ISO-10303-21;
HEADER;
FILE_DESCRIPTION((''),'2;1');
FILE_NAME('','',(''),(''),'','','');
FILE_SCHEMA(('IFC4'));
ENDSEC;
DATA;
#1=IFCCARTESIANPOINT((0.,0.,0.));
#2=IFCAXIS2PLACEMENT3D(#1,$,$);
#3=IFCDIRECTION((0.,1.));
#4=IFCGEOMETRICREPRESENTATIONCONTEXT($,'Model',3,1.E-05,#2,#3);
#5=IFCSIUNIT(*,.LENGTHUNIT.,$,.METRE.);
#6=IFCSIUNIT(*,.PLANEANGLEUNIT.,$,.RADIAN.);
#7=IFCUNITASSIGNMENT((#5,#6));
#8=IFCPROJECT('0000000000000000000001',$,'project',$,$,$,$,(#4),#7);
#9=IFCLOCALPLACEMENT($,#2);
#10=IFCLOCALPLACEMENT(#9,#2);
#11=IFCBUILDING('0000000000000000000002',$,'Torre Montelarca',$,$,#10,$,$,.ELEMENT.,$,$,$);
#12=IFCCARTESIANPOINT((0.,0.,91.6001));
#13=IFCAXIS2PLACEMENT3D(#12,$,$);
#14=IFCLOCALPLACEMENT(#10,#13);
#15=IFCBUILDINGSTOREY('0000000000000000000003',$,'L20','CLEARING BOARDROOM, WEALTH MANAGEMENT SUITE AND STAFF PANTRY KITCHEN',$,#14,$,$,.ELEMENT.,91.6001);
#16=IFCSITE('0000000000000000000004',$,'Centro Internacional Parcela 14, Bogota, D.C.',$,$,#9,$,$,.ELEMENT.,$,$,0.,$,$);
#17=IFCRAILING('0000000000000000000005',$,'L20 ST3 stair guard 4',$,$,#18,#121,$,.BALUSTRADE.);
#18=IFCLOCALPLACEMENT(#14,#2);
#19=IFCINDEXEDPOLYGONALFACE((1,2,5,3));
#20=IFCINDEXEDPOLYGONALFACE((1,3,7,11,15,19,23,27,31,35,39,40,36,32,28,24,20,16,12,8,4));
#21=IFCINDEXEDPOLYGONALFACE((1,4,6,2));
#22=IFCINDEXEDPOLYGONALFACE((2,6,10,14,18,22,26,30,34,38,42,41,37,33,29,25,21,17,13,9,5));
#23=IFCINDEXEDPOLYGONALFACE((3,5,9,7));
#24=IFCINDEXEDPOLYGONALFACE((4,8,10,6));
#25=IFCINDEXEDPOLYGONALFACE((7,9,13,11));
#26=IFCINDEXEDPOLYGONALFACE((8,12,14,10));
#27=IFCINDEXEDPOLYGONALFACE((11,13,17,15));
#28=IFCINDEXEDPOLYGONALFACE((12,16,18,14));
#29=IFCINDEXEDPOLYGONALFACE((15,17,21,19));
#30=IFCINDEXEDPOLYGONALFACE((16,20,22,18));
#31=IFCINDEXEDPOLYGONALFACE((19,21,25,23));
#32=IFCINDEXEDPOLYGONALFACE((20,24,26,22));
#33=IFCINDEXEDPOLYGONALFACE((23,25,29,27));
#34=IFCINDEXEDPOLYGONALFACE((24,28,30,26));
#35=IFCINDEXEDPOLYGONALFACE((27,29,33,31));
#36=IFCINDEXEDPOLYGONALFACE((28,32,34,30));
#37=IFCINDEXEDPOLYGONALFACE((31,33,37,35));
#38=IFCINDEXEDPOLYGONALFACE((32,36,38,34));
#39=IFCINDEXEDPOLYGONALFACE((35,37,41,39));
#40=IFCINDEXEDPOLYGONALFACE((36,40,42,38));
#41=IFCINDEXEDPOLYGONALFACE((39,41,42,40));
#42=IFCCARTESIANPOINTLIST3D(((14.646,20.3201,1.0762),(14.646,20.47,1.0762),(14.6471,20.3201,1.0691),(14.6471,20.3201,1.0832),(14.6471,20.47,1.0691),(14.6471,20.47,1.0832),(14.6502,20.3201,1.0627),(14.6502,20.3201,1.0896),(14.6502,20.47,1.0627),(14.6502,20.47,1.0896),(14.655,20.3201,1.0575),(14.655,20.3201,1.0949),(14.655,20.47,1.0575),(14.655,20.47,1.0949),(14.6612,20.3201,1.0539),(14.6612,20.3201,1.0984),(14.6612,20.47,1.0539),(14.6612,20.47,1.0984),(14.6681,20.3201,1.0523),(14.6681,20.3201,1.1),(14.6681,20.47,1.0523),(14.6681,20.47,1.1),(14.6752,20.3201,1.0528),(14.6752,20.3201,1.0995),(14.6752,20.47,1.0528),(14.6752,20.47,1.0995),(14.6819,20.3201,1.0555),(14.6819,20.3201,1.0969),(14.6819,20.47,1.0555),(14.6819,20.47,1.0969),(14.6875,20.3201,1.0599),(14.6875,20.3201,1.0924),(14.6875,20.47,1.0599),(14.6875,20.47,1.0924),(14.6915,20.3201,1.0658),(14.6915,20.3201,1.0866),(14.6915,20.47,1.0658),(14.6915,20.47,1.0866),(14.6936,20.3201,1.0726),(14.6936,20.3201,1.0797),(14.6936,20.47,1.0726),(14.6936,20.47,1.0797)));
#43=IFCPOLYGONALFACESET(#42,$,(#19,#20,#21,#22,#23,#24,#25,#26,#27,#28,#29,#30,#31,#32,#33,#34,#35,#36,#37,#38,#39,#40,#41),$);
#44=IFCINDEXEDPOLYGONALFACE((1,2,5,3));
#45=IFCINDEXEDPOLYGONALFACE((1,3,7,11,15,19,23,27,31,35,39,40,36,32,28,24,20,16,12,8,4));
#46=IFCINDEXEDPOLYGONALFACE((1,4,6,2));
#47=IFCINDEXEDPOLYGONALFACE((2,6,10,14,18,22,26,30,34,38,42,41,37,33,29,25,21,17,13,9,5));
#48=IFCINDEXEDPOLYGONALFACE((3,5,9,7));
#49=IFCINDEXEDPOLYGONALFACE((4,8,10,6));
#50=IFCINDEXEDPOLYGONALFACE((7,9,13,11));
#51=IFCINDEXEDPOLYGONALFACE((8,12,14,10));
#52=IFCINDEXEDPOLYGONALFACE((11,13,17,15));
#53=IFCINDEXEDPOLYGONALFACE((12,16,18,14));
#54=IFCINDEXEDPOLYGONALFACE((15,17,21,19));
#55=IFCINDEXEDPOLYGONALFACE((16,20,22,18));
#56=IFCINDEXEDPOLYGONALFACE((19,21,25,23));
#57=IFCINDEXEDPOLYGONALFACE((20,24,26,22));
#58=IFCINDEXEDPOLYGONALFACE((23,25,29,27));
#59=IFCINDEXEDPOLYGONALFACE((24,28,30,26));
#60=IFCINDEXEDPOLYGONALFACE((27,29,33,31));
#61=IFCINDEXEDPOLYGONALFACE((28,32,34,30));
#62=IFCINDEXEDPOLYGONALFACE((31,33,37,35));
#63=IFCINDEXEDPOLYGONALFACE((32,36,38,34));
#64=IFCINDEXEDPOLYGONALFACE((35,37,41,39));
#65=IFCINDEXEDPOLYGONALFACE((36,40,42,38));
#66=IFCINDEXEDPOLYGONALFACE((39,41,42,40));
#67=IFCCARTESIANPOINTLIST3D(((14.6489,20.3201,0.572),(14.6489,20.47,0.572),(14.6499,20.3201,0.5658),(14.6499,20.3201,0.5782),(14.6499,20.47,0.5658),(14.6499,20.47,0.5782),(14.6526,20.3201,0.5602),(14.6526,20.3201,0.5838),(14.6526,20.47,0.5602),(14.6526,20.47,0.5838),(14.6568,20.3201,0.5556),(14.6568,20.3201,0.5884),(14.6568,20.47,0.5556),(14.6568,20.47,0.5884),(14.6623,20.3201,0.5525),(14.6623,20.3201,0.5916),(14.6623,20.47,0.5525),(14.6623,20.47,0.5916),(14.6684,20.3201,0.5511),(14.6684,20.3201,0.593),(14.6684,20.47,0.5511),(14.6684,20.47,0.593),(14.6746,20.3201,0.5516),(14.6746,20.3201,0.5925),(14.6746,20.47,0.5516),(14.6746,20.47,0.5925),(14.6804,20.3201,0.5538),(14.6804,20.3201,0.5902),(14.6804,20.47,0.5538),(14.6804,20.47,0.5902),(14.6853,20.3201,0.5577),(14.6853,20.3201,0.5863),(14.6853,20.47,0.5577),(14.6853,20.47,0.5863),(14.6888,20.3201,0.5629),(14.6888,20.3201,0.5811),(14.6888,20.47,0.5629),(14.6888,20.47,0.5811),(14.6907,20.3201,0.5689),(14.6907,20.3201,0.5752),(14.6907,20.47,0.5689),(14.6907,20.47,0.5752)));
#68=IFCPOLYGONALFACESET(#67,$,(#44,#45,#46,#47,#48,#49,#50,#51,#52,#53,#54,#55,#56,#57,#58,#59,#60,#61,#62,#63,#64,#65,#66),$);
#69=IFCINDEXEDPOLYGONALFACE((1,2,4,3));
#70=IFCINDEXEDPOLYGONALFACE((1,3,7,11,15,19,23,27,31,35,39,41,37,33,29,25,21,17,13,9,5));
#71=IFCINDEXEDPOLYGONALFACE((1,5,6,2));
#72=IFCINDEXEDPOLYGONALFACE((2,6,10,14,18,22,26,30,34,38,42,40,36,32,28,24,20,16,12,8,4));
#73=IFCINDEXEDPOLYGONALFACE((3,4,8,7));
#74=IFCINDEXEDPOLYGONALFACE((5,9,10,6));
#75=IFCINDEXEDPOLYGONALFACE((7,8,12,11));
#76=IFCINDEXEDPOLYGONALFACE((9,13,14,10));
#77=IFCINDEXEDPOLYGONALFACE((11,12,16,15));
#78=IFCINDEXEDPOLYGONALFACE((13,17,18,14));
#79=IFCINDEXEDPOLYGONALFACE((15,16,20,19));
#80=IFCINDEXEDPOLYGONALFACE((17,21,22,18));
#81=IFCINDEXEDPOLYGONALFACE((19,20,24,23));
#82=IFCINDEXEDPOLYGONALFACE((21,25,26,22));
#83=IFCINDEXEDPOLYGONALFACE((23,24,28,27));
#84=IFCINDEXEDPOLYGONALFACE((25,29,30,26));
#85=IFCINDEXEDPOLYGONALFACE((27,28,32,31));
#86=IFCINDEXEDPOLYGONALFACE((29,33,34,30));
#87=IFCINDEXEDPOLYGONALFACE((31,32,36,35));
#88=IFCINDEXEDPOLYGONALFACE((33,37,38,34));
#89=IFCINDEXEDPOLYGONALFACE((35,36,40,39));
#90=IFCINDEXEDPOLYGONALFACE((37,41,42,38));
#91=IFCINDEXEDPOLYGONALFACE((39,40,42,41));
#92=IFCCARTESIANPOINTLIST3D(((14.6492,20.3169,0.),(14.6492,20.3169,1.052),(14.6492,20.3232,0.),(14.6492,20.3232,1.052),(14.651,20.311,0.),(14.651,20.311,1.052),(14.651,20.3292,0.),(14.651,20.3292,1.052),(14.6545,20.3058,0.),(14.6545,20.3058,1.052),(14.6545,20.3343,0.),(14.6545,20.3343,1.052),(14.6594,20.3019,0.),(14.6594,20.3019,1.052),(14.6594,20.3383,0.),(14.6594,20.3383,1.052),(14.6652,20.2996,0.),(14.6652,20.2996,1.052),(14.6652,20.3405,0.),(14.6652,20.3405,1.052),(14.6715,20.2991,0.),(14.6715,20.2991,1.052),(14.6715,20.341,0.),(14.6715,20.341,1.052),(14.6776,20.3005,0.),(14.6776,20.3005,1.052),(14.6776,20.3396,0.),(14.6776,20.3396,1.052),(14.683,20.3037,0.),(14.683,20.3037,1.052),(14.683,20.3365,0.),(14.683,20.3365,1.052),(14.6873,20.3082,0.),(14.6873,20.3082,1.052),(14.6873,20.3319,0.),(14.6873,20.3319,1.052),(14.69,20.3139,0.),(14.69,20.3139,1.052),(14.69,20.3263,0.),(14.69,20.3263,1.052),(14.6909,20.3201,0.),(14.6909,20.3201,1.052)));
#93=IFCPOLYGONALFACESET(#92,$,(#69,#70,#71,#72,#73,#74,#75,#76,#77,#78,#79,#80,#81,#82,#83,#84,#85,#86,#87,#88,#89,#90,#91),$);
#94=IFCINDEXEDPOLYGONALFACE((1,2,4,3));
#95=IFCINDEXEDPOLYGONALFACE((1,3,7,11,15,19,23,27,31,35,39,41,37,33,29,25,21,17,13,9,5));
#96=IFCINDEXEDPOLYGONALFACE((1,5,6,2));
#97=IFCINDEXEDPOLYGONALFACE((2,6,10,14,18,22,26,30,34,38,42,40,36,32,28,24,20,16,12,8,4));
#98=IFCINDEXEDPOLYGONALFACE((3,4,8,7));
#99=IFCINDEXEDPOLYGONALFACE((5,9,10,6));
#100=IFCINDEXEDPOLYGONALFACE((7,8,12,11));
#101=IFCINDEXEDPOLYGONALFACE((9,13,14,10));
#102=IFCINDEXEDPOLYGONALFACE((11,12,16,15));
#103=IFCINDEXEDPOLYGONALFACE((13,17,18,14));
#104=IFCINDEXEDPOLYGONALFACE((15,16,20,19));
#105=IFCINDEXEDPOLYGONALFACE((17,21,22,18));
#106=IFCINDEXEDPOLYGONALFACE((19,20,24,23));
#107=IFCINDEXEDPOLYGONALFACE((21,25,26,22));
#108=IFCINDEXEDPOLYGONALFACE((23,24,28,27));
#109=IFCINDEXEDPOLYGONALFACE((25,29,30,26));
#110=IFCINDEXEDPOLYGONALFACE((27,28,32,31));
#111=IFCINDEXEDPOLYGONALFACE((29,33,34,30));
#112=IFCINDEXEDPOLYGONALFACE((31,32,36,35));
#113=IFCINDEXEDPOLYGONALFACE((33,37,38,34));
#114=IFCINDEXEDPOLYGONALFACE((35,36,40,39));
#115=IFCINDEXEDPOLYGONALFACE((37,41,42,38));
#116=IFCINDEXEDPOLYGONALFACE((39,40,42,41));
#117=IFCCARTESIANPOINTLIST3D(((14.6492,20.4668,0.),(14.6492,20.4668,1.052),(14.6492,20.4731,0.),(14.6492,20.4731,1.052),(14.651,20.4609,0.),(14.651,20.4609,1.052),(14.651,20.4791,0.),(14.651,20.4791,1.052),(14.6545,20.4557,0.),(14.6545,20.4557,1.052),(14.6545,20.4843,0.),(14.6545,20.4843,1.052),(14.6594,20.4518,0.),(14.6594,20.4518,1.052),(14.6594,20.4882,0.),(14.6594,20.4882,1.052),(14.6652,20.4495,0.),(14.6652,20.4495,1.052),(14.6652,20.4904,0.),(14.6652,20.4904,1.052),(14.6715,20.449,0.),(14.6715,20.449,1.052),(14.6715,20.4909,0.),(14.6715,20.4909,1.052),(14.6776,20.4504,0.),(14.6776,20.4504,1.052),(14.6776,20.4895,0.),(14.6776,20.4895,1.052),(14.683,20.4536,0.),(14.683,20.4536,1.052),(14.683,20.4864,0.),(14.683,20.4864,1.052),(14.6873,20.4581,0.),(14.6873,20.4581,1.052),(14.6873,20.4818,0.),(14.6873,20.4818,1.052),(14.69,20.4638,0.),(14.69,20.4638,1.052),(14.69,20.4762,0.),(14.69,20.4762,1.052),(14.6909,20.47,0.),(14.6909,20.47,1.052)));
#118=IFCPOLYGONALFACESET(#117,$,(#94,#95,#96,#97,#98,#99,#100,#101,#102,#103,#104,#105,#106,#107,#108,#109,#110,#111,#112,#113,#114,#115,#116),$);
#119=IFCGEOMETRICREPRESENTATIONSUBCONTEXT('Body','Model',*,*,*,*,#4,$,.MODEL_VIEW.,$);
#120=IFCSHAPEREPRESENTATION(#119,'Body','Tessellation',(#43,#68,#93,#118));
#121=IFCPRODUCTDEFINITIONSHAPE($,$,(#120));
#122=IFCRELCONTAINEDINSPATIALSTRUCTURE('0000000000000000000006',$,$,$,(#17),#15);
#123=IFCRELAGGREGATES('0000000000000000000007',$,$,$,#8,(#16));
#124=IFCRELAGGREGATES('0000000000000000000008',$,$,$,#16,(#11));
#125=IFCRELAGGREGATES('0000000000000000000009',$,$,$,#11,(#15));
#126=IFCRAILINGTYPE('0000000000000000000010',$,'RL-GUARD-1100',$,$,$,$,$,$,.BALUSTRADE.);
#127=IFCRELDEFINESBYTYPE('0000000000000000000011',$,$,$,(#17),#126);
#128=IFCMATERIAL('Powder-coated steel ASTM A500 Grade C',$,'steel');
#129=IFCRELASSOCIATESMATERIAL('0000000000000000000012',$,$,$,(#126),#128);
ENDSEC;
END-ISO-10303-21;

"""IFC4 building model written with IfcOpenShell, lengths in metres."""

from ifc_helpers import new_model, si_unit, direction, frame, origin, origin_2d, place, context, subcontext, project, spatial, circle, extrude, material, type_object, element, save


model = new_model("IFC4")

# Units and contexts
model_context = context("Model", 3, precision=1e-05, world=origin(), true_north=direction((0.0, 1.0)))
body_context = subcontext(model_context, "Body", "Model", "MODEL_VIEW")
ifc_project = project(units=[si_unit("LENGTHUNIT", "METRE"), si_unit("PLANEANGLEUNIT", "RADIAN")], contexts=[model_context])

# Site, building, storey
site_placement = place(None, origin())
site = spatial("IfcSite", under=ifc_project, at=site_placement, Name="Centro Internacional Parcela 14, Bogota, D.C.", CompositionType="ELEMENT", RefElevation=0.0)
building_placement = place(site_placement, origin())
building = spatial("IfcBuilding", under=site, at=building_placement, Name="Torre Montelarca", CompositionType="ELEMENT")
storey_placement = place(building_placement, frame((0.0, 0.0, 91.6001)))
storey = spatial("IfcBuildingStorey", under=building, at=storey_placement, Name="L20", Description="CLEARING BOARDROOM, WEALTH MANAGEMENT SUITE AND STAFF PANTRY KITCHEN", CompositionType="ELEMENT", Elevation=91.6001)

# Railing
ifc_material_1 = material(Name="Powder-coated steel ASTM A500 Grade C", Category="steel")
railing_type_1 = type_object("IfcRailingType", Name="RL-GUARD-1100", PredefinedType="BALUSTRADE", material=ifc_material_1)
railing_1_placement = place(storey_placement, frame((14.6699, 20.3201, 0.0)))
element("IfcRailing", 1, at=railing_1_placement, inside=storey, type_object=railing_type_1, Name="L20 ST3 stair guard 4", PredefinedType="BALUSTRADE", context=body_context, shape_type="SweptSolid", body=[
    extrude(circle(Radius=0.0239, at=origin_2d()), frame((0.0, 0.0, 1.0762), z_axis=(0.0, 1.0, 0.0), x_axis=(-1.0, 0.0, 0.0)), (0.0, 0.0, 1.0), 0.1499),
    extrude(circle(Radius=0.021, at=origin_2d()), frame((0.0, 0.0, 0.572), z_axis=(0.0, 1.0, 0.0), x_axis=(-1.0, 0.0, 0.0)), (0.0, 0.0, 1.0), 0.1499),
    extrude(circle(Radius=0.021, at=origin_2d()), origin(), (0.0, 0.0, 1.0), 1.052),
    extrude(circle(Radius=0.021, at=origin_2d()), frame((0.0, 0.1499, 0.0)), (0.0, 0.0, 1.0), 1.052),
])

save(model, "model.ifc")
